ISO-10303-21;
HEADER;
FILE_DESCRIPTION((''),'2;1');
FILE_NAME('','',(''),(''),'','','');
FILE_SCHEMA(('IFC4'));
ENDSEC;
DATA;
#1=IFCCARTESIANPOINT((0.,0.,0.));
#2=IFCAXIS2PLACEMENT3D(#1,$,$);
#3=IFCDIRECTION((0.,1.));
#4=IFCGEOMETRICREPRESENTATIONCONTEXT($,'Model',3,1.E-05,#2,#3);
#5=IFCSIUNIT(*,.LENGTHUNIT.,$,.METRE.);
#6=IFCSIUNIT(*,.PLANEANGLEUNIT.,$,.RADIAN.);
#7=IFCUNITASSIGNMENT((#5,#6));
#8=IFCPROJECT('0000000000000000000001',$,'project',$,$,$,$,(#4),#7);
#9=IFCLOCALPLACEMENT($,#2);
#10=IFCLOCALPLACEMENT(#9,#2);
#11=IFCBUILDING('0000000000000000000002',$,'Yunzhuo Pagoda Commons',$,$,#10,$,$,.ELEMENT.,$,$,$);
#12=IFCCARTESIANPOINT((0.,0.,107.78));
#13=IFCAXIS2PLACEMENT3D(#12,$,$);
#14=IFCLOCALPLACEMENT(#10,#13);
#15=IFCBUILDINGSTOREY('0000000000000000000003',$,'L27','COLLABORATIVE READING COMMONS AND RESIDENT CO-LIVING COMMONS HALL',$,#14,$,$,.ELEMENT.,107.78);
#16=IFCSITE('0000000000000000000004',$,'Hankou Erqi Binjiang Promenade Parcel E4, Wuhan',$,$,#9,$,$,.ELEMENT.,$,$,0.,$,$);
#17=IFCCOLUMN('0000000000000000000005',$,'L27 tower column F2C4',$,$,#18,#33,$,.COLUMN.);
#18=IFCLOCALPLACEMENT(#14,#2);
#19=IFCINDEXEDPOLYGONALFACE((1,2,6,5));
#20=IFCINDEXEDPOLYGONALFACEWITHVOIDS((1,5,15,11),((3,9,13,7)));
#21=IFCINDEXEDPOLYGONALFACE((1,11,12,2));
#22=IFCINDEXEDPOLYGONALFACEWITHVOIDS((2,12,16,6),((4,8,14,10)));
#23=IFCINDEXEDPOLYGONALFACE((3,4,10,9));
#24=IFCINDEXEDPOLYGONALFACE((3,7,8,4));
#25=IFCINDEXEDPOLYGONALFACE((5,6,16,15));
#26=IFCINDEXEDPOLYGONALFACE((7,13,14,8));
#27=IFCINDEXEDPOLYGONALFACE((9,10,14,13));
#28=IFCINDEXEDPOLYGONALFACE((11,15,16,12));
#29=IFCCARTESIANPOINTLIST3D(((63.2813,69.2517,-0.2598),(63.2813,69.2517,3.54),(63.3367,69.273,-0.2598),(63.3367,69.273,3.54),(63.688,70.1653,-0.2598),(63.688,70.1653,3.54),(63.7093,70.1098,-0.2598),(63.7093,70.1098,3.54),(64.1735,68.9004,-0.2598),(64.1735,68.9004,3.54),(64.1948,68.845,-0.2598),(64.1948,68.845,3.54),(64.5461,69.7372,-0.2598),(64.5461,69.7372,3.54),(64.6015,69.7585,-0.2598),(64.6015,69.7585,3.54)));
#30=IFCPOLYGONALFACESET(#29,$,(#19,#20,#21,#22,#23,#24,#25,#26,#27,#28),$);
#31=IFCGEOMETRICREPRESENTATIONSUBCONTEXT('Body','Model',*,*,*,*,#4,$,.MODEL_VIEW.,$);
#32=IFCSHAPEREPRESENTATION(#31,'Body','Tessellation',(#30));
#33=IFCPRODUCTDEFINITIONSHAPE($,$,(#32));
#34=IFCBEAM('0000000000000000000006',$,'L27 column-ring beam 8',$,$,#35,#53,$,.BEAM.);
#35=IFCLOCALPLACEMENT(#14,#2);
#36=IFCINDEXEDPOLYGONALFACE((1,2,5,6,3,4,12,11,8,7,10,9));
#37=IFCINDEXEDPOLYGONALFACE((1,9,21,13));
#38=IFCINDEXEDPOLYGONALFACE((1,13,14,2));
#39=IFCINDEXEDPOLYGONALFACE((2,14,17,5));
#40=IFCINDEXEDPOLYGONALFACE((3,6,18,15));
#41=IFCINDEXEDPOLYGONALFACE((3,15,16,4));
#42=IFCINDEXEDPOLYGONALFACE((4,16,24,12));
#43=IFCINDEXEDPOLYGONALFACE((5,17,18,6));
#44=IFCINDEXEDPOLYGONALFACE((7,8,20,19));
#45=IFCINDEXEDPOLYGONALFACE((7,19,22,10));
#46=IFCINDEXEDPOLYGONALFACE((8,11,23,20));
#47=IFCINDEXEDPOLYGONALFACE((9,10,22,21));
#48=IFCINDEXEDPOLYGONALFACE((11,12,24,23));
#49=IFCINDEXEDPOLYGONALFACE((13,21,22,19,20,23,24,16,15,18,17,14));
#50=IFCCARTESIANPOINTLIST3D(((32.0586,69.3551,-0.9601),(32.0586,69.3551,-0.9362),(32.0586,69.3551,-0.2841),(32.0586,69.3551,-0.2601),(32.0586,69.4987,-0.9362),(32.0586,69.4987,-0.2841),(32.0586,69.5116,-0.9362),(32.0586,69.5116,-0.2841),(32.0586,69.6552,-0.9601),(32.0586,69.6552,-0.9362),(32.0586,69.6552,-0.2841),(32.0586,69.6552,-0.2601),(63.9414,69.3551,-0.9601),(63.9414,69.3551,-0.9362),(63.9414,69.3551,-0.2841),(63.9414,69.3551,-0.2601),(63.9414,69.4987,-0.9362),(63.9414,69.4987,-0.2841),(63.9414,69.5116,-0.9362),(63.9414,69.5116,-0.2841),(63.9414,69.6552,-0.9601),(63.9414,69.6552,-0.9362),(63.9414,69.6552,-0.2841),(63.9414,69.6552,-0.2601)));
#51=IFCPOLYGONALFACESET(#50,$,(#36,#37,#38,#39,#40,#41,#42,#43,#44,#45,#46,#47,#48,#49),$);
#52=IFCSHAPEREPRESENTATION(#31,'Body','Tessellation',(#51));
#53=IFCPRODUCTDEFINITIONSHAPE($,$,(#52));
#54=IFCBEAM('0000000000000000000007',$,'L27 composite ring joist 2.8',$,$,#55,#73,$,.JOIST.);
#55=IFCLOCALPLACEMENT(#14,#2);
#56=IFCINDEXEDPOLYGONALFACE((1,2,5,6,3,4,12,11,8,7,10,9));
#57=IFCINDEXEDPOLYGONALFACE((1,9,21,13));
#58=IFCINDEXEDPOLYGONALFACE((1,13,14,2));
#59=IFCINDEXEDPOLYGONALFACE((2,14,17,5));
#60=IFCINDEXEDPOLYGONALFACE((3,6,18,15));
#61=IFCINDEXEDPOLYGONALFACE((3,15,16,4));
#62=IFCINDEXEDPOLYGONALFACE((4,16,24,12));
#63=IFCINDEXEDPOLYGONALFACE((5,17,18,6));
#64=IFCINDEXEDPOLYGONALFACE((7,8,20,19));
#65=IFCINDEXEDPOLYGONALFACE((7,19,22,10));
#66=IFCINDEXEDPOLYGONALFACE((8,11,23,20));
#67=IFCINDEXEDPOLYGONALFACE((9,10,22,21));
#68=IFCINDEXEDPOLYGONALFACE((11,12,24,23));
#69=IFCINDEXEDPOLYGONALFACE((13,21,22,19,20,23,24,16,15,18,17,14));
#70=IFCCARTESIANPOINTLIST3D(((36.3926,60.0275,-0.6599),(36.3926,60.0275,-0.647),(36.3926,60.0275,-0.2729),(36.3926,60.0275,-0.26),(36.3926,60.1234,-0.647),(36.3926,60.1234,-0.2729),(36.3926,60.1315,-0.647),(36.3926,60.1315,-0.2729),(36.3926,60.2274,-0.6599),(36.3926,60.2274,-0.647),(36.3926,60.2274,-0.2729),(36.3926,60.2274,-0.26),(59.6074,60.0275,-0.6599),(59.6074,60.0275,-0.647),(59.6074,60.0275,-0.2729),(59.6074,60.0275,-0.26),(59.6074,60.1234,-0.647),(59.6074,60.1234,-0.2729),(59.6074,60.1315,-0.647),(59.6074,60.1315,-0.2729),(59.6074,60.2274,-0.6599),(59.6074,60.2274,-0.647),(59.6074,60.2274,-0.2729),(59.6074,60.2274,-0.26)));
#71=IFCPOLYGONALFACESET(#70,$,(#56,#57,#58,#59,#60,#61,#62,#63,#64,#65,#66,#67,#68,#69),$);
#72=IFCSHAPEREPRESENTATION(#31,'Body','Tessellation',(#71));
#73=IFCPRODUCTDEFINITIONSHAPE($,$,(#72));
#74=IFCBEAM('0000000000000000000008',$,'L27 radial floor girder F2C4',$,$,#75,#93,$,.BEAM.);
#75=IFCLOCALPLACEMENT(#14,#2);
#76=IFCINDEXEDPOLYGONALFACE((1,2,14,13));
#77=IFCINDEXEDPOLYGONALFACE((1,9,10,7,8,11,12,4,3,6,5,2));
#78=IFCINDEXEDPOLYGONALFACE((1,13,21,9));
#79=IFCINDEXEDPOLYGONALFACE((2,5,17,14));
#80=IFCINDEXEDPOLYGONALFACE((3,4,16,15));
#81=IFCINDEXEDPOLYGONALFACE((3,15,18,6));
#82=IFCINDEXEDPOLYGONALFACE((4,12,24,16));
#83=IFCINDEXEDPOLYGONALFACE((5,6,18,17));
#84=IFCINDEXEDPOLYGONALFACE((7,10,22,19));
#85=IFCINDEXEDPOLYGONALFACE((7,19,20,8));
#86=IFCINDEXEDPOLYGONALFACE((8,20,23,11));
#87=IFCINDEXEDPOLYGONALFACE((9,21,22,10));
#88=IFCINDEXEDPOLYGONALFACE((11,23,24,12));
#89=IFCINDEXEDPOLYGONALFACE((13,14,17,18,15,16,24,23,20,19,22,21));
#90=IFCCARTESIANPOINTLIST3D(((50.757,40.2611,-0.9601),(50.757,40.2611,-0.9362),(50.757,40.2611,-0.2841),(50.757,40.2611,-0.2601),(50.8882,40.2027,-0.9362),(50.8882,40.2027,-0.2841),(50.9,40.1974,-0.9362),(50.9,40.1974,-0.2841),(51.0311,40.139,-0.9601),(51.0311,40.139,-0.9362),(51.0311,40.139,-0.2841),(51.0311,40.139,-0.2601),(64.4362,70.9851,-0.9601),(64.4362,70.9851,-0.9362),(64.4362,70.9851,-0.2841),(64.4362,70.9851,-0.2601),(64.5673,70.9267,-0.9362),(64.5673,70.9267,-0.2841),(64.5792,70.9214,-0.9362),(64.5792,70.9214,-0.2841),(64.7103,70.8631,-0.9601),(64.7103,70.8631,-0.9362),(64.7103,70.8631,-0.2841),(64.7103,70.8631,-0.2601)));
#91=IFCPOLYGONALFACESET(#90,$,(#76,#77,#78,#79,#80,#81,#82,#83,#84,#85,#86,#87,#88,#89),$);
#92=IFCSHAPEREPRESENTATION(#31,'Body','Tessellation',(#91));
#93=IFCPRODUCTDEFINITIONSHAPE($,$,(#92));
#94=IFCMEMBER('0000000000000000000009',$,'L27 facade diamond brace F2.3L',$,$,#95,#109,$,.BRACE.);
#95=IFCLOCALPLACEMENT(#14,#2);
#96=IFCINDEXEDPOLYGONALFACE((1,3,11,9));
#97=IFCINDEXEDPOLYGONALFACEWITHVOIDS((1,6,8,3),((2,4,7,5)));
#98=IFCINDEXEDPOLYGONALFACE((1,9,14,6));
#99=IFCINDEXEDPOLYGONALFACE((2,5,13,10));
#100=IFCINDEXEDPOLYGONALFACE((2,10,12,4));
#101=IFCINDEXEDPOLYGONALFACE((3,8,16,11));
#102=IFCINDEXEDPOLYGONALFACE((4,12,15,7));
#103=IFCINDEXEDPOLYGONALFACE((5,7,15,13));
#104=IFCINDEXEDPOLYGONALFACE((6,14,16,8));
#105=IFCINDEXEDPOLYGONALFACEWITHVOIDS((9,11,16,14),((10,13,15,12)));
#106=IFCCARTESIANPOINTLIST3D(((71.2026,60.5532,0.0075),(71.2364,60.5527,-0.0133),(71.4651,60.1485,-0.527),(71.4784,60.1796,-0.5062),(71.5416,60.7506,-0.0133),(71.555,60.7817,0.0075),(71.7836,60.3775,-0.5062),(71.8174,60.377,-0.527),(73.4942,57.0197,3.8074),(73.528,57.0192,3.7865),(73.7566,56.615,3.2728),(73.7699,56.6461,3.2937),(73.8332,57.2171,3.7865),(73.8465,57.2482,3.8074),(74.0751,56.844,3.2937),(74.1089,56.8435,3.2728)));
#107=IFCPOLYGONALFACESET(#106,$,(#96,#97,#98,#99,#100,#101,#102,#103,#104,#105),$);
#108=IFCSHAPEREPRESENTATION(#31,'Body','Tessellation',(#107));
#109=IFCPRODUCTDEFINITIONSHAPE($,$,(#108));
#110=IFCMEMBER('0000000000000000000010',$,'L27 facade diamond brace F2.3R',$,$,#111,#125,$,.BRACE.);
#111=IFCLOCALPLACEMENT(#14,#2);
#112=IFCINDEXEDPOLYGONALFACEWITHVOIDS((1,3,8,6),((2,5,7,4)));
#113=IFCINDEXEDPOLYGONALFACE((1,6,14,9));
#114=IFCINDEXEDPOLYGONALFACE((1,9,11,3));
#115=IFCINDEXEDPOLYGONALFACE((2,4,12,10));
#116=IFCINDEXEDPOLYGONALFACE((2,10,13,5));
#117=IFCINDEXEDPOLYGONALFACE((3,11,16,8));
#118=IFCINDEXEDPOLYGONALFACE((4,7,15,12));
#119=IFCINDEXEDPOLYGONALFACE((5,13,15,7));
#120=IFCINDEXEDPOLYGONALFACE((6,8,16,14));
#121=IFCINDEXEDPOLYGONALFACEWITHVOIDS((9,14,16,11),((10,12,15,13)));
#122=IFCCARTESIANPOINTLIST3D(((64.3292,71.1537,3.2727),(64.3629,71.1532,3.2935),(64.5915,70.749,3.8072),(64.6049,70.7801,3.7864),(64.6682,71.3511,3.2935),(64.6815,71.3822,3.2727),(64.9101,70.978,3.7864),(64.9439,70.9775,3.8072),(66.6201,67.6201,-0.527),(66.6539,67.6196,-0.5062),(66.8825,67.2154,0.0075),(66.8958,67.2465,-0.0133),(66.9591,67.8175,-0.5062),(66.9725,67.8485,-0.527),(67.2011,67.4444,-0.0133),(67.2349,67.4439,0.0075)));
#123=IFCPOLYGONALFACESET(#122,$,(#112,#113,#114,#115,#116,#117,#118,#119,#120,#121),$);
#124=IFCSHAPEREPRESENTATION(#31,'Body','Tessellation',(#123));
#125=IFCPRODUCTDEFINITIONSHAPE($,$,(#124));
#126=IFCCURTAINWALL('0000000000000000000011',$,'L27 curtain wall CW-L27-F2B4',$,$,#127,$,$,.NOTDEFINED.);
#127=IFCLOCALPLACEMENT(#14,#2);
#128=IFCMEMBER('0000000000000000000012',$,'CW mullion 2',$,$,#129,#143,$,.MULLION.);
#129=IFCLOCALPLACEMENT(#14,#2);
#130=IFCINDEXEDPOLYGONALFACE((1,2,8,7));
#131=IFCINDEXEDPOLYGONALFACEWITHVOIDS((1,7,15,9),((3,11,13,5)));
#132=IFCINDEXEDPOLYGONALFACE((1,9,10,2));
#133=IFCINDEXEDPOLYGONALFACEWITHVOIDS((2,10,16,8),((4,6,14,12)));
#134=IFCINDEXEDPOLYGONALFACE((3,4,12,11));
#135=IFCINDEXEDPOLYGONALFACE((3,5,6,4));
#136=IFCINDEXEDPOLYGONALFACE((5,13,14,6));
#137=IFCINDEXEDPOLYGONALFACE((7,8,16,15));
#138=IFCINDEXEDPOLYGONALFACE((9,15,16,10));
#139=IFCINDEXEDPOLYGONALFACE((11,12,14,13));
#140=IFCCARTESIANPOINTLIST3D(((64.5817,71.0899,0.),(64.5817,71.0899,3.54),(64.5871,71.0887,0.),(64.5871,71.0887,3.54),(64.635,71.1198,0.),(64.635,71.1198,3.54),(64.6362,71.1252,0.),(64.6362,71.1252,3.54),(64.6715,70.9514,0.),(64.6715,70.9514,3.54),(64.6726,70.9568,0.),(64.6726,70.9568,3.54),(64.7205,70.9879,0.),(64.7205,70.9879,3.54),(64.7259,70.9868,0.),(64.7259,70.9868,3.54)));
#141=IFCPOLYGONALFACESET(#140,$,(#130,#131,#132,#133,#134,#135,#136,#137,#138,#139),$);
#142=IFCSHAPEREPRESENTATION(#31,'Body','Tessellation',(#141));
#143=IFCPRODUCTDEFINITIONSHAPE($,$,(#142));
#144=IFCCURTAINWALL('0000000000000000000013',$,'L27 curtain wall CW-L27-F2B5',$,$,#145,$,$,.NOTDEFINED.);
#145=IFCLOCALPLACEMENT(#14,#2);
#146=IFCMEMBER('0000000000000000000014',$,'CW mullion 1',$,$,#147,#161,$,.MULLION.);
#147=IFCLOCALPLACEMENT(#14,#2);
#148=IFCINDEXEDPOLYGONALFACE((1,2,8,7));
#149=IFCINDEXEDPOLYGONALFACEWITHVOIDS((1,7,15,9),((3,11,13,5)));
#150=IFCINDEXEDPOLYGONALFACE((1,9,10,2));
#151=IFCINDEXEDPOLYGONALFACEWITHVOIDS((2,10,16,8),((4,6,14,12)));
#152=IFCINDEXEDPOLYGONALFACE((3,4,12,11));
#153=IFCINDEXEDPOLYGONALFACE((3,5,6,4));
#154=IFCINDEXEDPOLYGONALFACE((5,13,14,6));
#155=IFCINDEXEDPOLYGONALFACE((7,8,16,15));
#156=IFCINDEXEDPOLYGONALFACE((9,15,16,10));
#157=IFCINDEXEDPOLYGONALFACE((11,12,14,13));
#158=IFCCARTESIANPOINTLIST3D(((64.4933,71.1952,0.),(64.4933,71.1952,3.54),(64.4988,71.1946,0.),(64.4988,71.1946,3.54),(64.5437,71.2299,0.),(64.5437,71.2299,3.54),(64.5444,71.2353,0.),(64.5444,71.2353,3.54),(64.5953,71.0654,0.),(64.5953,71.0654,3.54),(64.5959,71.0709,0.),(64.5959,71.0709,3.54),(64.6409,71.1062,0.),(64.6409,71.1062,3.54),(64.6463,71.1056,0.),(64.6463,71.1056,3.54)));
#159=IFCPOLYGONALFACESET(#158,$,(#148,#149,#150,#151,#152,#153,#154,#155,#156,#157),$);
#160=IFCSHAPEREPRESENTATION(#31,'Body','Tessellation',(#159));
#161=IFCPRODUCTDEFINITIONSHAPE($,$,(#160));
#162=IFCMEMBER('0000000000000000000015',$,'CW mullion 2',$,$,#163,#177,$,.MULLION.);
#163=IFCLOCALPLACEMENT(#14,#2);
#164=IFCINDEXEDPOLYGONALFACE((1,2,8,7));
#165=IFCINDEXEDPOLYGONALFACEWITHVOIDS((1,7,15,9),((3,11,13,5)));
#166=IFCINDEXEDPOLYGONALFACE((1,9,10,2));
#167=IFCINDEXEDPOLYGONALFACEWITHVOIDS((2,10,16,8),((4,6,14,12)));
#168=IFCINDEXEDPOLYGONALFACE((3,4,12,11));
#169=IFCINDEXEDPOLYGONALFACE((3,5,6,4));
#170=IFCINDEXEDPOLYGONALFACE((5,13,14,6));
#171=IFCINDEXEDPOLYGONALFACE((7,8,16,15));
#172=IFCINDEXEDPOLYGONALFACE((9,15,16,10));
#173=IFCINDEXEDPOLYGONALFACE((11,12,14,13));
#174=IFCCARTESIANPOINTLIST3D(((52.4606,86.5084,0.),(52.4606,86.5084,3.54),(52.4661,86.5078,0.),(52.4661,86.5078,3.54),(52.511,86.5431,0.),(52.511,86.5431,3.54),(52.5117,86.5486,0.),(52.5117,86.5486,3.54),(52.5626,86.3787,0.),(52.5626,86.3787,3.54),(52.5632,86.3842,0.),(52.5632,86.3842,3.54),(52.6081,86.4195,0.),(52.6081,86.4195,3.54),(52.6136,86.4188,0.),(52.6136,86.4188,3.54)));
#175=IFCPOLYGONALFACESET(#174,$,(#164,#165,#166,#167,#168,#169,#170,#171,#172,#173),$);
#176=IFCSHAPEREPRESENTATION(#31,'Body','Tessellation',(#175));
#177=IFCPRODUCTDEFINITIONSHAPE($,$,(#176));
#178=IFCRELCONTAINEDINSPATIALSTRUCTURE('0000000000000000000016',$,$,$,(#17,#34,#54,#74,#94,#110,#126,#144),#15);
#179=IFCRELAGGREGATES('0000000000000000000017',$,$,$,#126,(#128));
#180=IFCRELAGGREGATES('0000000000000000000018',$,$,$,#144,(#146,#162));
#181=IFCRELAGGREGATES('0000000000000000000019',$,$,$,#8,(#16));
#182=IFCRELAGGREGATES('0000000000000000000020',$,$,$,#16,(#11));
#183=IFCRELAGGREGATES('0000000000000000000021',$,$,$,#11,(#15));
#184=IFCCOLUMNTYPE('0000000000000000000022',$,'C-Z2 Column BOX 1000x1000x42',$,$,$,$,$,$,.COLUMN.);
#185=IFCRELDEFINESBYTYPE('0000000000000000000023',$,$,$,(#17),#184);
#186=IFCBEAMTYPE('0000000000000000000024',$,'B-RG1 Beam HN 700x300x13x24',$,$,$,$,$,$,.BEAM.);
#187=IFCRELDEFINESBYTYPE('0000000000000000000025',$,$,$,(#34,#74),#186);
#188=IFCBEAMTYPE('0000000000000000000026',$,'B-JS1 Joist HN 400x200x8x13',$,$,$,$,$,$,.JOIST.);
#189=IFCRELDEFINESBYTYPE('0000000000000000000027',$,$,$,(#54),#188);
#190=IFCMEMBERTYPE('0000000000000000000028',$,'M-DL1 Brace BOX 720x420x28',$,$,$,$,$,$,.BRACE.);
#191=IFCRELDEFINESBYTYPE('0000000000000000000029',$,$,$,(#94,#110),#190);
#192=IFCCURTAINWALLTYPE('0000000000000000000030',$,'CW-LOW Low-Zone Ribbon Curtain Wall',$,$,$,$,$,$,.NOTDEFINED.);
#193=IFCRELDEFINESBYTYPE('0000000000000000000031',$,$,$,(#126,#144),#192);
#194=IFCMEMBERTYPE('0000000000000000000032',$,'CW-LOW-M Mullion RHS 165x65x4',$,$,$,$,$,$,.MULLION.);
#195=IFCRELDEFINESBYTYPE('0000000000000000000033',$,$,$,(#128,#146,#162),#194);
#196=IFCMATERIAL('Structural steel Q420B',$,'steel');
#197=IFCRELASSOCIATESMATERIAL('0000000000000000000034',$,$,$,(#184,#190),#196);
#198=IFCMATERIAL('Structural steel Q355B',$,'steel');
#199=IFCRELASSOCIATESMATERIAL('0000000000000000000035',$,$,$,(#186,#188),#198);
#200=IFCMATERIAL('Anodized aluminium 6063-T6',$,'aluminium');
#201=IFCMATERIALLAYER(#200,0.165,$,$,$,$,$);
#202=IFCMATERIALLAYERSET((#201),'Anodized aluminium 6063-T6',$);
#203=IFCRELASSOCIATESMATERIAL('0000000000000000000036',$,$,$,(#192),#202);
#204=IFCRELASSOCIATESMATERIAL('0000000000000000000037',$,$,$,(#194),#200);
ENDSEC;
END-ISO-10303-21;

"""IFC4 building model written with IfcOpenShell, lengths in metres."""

from ifc_helpers import new_model, si_unit, direction, frame, origin, origin_2d, place, context, subcontext, project, spatial, hollow_rectangle, i_section, extrude, source, transform, mapped, material, layer, layer_set, material_profile, profile_set, type_object, element, aggregate, save


model = new_model("IFC4")

# Units and contexts
model_context = context("Model", 3, precision=1e-05, world=origin(), true_north=direction((0.0, 1.0)))
body_context = subcontext(model_context, "Body", "Model", "MODEL_VIEW")
ifc_project = project(units=[si_unit("LENGTHUNIT", "METRE"), si_unit("PLANEANGLEUNIT", "RADIAN")], contexts=[model_context])

# Site, building, storey
site_placement = place(None, origin())
site = spatial("IfcSite", under=ifc_project, at=site_placement, Name="Hankou Erqi Binjiang Promenade Parcel E4, Wuhan", CompositionType="ELEMENT", RefElevation=0.0)
building_placement = place(site_placement, origin())
building = spatial("IfcBuilding", under=site, at=building_placement, Name="Yunzhuo Pagoda Commons", CompositionType="ELEMENT")
storey_placement = place(building_placement, frame((0.0, 0.0, 107.78)))
storey = spatial("IfcBuildingStorey", under=building, at=storey_placement, Name="L27", Description="COLLABORATIVE READING COMMONS AND RESIDENT CO-LIVING COMMONS HALL", CompositionType="ELEMENT", Elevation=107.78)

# Column
ifc_material_1 = material(Name="Structural steel Q420B", Category="steel")
ifc_material_profile_1 = material_profile(ifc_material_1, hollow_rectangle(XDim=1.0, YDim=1.0, WallThickness=0.042, at=origin_2d()), Name="Structural steel Q420B")
ifc_profile_set_1 = profile_set([ifc_material_profile_1], Name="Structural steel Q420B")
column_type = type_object("IfcColumnType", Name="C-Z2 Column BOX 1000x1000x42", PredefinedType="COLUMN", material=ifc_profile_set_1)
shared_shape_1 = source(origin(), body_context, "Body", "SweptSolid", [
    extrude(hollow_rectangle(XDim=1.0, YDim=1.0, WallThickness=0.042, at=origin_2d()), origin(), (0.0, 0.0, 1.0), 3.7998),
])
column_placement = place(storey_placement, frame((63.9414, 69.5051, -0.2598), z_axis=(0.0, 0.0, 1.0), x_axis=(-0.913545, 0.406737, 0.0)))
element("IfcColumn", 1, at=column_placement, inside=storey, type_object=column_type, Name="L27 tower column F2C4", PredefinedType="COLUMN", context=body_context, shape_type="MappedRepresentation", body=[
    mapped(shared_shape_1, transform((0.0, 0.0, 0.0), scale=1.0)),
])

# Beams
ifc_material_2 = material(Name="Structural steel Q355B", Category="steel")
ifc_material_profile_2 = material_profile(ifc_material_2, i_section(OverallWidth=0.3, OverallDepth=0.7, WebThickness=0.0129, FlangeThickness=0.0239, at=origin_2d()), Name="Structural steel Q355B")
ifc_profile_set_2 = profile_set([ifc_material_profile_2], Name="Structural steel Q355B")
beam_type_1 = type_object("IfcBeamType", Name="B-RG1 Beam HN 700x300x13x24", PredefinedType="BEAM", material=ifc_profile_set_2)
shared_shape_2 = source(origin(), body_context, "Body", "SweptSolid", [
    extrude(i_section(OverallWidth=0.3, OverallDepth=0.7, WebThickness=0.0129, FlangeThickness=0.0239, at=origin_2d()), origin(), (0.0, 0.0, 1.0), 31.8828),
])
beam_1_placement = place(storey_placement, frame((63.9414, 69.5051, -0.6101), z_axis=(-1.0, 0.0, 0.0), x_axis=(0.0, -1.0, 0.0)))
element("IfcBeam", 2, at=beam_1_placement, inside=storey, type_object=beam_type_1, Name="L27 column-ring beam 8", PredefinedType="BEAM", context=body_context, shape_type="MappedRepresentation", body=[
    mapped(shared_shape_2, transform((0.0, 0.0, 0.0), scale=1.0)),
])
ifc_material_profile_3 = material_profile(ifc_material_2, i_section(OverallWidth=0.2, OverallDepth=0.3999, WebThickness=0.0081, FlangeThickness=0.0129, at=origin_2d()), Name="Structural steel Q355B")
ifc_profile_set_3 = profile_set([ifc_material_profile_3], Name="Structural steel Q355B")
beam_type_2 = type_object("IfcBeamType", Name="B-JS1 Joist HN 400x200x8x13", PredefinedType="JOIST", material=ifc_profile_set_3)
shared_shape_3 = source(origin(), body_context, "Body", "SweptSolid", [
    extrude(i_section(OverallWidth=0.2, OverallDepth=0.3999, WebThickness=0.0081, FlangeThickness=0.0129, at=origin_2d()), origin(), (0.0, 0.0, 1.0), 23.2148),
])
beam_2_placement = place(storey_placement, frame((59.6074, 60.1274, -0.46), z_axis=(-1.0, 0.0, 0.0), x_axis=(0.0, -1.0, 0.0)))
element("IfcBeam", 3, at=beam_2_placement, inside=storey, type_object=beam_type_2, Name="L27 composite ring joist 2.8", PredefinedType="JOIST", context=body_context, shape_type="MappedRepresentation", body=[
    mapped(shared_shape_3, transform((0.0, 0.0, 0.0), scale=1.0)),
])
shared_shape_4 = source(origin(), body_context, "Body", "SweptSolid", [
    extrude(i_section(OverallWidth=0.3, OverallDepth=0.7, WebThickness=0.0129, FlangeThickness=0.0239, at=origin_2d()), origin(), (0.0, 0.0, 1.0), 33.6316),
])
beam_3_placement = place(storey_placement, frame((64.5732, 70.9241, -0.6101), z_axis=(-0.406735, -0.913546, 0.0), x_axis=(0.913546, -0.406735, 0.0)))
element("IfcBeam", 4, at=beam_3_placement, inside=storey, type_object=beam_type_1, Name="L27 radial floor girder F2C4", PredefinedType="BEAM", context=body_context, shape_type="MappedRepresentation", body=[
    mapped(shared_shape_4, transform((0.0, 0.0, 0.0), scale=1.0)),
])

# Members
ifc_material_profile_4 = material_profile(ifc_material_1, hollow_rectangle(XDim=0.4199, YDim=0.72, WallThickness=0.0281, at=origin_2d()), Name="Structural steel Q420B")
ifc_profile_set_4 = profile_set([ifc_material_profile_4], Name="Structural steel Q420B")
member_type_1 = type_object("IfcMemberType", Name="M-DL1 Brace BOX 720x420x28", PredefinedType="BRACE", material=ifc_profile_set_4)
shared_shape_5 = source(origin(), body_context, "Body", "SweptSolid", [
    extrude(hollow_rectangle(XDim=0.4199, YDim=0.72, WallThickness=0.0281, at=origin_2d()), origin(), (0.0, 0.0, 1.0), 5.6724),
])
member_1_placement = place(storey_placement, frame((71.51, 60.4651, -0.2598), z_axis=(0.403983, -0.622932, 0.66989), x_axis=(0.839011, 0.544114, 0.0)))
element("IfcMember", 5, at=member_1_placement, inside=storey, type_object=member_type_1, Name="L27 facade diamond brace F2.3L", PredefinedType="BRACE", context=body_context, shape_type="MappedRepresentation", body=[
    mapped(shared_shape_5, transform((0.0, 0.0, 0.0), scale=1.0)),
])
shared_shape_6 = source(origin(), body_context, "Body", "SweptSolid", [
    extrude(hollow_rectangle(XDim=0.4199, YDim=0.72, WallThickness=0.0281, at=origin_2d()), origin(), (0.0, 0.0, 1.0), 5.6721),
])
member_2_placement = place(storey_placement, frame((66.9275, 67.532, -0.2598), z_axis=(-0.4039, 0.62298, 0.669896), x_axis=(-0.839081, -0.544006, 0.0)))
element("IfcMember", 6, at=member_2_placement, inside=storey, type_object=member_type_1, Name="L27 facade diamond brace F2.3R", PredefinedType="BRACE", context=body_context, shape_type="MappedRepresentation", body=[
    mapped(shared_shape_6, transform((0.0, 0.0, 0.0), scale=1.0)),
])

# Curtain wall, member
ifc_material_3 = material(Name="Anodized aluminium 6063-T6", Category="aluminium")
ifc_layer_1 = layer(ifc_material_3, 0.165)
ifc_layer_set_1 = layer_set([ifc_layer_1], Name="Anodized aluminium 6063-T6")
curtain_wall_type = type_object("IfcCurtainWallType", Name="CW-LOW Low-Zone Ribbon Curtain Wall", PredefinedType="NOTDEFINED", material=ifc_layer_set_1)
curtain_wall_1_placement = place(storey_placement, origin())
curtain_wall_1 = element("IfcCurtainWall", 7, at=curtain_wall_1_placement, inside=storey, type_object=curtain_wall_type, Name="L27 curtain wall CW-L27-F2B4", PredefinedType="NOTDEFINED")
ifc_material_profile_5 = material_profile(ifc_material_3, hollow_rectangle(XDim=0.0649, YDim=0.165, WallThickness=0.0039, at=origin_2d()), Name="Anodized aluminium 6063-T6")
ifc_profile_set_5 = profile_set([ifc_material_profile_5], Name="Anodized aluminium 6063-T6")
member_type_2 = type_object("IfcMemberType", Name="CW-LOW-M Mullion RHS 165x65x4", PredefinedType="MULLION", material=ifc_profile_set_5)
shared_shape_7 = source(origin(), body_context, "Body", "SweptSolid", [
    extrude(hollow_rectangle(XDim=0.0649, YDim=0.165, WallThickness=0.0039, at=origin_2d()), origin(), (0.0, 0.0, 1.0), 3.54),
])
member_3_placement = place(storey_placement, frame((64.6538, 71.0383, 0.0), z_axis=(0.0, 0.0, 1.0), x_axis=(-0.83904, -0.54407, 0.0)))
member_3 = element("IfcMember", 8, at=member_3_placement, type_object=member_type_2, Name="CW mullion 2", PredefinedType="MULLION", context=body_context, shape_type="MappedRepresentation", body=[
    mapped(shared_shape_7, transform((0.0, 0.0, 0.0), scale=1.0)),
])

# Curtain wall, members
curtain_wall_2_placement = place(storey_placement, origin())
curtain_wall_2 = element("IfcCurtainWall", 9, at=curtain_wall_2_placement, inside=storey, type_object=curtain_wall_type, Name="L27 curtain wall CW-L27-F2B5", PredefinedType="NOTDEFINED")
member_4_placement = place(storey_placement, frame((64.5698, 71.1504, 0.0), z_axis=(0.0, 0.0, 1.0), x_axis=(-0.786301, -0.617843, 0.0)))
member_4 = element("IfcMember", 10, at=member_4_placement, type_object=member_type_2, Name="CW mullion 1", PredefinedType="MULLION", context=body_context, shape_type="MappedRepresentation", body=[
    mapped(shared_shape_7, transform((0.0, 0.0, 0.0), scale=1.0)),
])
member_5_placement = place(storey_placement, frame((52.5371, 86.4636, 0.0), z_axis=(0.0, 0.0, 1.0), x_axis=(-0.786301, -0.617843, 0.0)))
member_5 = element("IfcMember", 11, at=member_5_placement, type_object=member_type_2, Name="CW mullion 2", PredefinedType="MULLION", context=body_context, shape_type="MappedRepresentation", body=[
    mapped(shared_shape_7, transform((0.0, 0.0, 0.0), scale=1.0)),
])

aggregate(curtain_wall_1, [member_3])
aggregate(curtain_wall_2, [member_4, member_5])

save(model, "model.ifc")
